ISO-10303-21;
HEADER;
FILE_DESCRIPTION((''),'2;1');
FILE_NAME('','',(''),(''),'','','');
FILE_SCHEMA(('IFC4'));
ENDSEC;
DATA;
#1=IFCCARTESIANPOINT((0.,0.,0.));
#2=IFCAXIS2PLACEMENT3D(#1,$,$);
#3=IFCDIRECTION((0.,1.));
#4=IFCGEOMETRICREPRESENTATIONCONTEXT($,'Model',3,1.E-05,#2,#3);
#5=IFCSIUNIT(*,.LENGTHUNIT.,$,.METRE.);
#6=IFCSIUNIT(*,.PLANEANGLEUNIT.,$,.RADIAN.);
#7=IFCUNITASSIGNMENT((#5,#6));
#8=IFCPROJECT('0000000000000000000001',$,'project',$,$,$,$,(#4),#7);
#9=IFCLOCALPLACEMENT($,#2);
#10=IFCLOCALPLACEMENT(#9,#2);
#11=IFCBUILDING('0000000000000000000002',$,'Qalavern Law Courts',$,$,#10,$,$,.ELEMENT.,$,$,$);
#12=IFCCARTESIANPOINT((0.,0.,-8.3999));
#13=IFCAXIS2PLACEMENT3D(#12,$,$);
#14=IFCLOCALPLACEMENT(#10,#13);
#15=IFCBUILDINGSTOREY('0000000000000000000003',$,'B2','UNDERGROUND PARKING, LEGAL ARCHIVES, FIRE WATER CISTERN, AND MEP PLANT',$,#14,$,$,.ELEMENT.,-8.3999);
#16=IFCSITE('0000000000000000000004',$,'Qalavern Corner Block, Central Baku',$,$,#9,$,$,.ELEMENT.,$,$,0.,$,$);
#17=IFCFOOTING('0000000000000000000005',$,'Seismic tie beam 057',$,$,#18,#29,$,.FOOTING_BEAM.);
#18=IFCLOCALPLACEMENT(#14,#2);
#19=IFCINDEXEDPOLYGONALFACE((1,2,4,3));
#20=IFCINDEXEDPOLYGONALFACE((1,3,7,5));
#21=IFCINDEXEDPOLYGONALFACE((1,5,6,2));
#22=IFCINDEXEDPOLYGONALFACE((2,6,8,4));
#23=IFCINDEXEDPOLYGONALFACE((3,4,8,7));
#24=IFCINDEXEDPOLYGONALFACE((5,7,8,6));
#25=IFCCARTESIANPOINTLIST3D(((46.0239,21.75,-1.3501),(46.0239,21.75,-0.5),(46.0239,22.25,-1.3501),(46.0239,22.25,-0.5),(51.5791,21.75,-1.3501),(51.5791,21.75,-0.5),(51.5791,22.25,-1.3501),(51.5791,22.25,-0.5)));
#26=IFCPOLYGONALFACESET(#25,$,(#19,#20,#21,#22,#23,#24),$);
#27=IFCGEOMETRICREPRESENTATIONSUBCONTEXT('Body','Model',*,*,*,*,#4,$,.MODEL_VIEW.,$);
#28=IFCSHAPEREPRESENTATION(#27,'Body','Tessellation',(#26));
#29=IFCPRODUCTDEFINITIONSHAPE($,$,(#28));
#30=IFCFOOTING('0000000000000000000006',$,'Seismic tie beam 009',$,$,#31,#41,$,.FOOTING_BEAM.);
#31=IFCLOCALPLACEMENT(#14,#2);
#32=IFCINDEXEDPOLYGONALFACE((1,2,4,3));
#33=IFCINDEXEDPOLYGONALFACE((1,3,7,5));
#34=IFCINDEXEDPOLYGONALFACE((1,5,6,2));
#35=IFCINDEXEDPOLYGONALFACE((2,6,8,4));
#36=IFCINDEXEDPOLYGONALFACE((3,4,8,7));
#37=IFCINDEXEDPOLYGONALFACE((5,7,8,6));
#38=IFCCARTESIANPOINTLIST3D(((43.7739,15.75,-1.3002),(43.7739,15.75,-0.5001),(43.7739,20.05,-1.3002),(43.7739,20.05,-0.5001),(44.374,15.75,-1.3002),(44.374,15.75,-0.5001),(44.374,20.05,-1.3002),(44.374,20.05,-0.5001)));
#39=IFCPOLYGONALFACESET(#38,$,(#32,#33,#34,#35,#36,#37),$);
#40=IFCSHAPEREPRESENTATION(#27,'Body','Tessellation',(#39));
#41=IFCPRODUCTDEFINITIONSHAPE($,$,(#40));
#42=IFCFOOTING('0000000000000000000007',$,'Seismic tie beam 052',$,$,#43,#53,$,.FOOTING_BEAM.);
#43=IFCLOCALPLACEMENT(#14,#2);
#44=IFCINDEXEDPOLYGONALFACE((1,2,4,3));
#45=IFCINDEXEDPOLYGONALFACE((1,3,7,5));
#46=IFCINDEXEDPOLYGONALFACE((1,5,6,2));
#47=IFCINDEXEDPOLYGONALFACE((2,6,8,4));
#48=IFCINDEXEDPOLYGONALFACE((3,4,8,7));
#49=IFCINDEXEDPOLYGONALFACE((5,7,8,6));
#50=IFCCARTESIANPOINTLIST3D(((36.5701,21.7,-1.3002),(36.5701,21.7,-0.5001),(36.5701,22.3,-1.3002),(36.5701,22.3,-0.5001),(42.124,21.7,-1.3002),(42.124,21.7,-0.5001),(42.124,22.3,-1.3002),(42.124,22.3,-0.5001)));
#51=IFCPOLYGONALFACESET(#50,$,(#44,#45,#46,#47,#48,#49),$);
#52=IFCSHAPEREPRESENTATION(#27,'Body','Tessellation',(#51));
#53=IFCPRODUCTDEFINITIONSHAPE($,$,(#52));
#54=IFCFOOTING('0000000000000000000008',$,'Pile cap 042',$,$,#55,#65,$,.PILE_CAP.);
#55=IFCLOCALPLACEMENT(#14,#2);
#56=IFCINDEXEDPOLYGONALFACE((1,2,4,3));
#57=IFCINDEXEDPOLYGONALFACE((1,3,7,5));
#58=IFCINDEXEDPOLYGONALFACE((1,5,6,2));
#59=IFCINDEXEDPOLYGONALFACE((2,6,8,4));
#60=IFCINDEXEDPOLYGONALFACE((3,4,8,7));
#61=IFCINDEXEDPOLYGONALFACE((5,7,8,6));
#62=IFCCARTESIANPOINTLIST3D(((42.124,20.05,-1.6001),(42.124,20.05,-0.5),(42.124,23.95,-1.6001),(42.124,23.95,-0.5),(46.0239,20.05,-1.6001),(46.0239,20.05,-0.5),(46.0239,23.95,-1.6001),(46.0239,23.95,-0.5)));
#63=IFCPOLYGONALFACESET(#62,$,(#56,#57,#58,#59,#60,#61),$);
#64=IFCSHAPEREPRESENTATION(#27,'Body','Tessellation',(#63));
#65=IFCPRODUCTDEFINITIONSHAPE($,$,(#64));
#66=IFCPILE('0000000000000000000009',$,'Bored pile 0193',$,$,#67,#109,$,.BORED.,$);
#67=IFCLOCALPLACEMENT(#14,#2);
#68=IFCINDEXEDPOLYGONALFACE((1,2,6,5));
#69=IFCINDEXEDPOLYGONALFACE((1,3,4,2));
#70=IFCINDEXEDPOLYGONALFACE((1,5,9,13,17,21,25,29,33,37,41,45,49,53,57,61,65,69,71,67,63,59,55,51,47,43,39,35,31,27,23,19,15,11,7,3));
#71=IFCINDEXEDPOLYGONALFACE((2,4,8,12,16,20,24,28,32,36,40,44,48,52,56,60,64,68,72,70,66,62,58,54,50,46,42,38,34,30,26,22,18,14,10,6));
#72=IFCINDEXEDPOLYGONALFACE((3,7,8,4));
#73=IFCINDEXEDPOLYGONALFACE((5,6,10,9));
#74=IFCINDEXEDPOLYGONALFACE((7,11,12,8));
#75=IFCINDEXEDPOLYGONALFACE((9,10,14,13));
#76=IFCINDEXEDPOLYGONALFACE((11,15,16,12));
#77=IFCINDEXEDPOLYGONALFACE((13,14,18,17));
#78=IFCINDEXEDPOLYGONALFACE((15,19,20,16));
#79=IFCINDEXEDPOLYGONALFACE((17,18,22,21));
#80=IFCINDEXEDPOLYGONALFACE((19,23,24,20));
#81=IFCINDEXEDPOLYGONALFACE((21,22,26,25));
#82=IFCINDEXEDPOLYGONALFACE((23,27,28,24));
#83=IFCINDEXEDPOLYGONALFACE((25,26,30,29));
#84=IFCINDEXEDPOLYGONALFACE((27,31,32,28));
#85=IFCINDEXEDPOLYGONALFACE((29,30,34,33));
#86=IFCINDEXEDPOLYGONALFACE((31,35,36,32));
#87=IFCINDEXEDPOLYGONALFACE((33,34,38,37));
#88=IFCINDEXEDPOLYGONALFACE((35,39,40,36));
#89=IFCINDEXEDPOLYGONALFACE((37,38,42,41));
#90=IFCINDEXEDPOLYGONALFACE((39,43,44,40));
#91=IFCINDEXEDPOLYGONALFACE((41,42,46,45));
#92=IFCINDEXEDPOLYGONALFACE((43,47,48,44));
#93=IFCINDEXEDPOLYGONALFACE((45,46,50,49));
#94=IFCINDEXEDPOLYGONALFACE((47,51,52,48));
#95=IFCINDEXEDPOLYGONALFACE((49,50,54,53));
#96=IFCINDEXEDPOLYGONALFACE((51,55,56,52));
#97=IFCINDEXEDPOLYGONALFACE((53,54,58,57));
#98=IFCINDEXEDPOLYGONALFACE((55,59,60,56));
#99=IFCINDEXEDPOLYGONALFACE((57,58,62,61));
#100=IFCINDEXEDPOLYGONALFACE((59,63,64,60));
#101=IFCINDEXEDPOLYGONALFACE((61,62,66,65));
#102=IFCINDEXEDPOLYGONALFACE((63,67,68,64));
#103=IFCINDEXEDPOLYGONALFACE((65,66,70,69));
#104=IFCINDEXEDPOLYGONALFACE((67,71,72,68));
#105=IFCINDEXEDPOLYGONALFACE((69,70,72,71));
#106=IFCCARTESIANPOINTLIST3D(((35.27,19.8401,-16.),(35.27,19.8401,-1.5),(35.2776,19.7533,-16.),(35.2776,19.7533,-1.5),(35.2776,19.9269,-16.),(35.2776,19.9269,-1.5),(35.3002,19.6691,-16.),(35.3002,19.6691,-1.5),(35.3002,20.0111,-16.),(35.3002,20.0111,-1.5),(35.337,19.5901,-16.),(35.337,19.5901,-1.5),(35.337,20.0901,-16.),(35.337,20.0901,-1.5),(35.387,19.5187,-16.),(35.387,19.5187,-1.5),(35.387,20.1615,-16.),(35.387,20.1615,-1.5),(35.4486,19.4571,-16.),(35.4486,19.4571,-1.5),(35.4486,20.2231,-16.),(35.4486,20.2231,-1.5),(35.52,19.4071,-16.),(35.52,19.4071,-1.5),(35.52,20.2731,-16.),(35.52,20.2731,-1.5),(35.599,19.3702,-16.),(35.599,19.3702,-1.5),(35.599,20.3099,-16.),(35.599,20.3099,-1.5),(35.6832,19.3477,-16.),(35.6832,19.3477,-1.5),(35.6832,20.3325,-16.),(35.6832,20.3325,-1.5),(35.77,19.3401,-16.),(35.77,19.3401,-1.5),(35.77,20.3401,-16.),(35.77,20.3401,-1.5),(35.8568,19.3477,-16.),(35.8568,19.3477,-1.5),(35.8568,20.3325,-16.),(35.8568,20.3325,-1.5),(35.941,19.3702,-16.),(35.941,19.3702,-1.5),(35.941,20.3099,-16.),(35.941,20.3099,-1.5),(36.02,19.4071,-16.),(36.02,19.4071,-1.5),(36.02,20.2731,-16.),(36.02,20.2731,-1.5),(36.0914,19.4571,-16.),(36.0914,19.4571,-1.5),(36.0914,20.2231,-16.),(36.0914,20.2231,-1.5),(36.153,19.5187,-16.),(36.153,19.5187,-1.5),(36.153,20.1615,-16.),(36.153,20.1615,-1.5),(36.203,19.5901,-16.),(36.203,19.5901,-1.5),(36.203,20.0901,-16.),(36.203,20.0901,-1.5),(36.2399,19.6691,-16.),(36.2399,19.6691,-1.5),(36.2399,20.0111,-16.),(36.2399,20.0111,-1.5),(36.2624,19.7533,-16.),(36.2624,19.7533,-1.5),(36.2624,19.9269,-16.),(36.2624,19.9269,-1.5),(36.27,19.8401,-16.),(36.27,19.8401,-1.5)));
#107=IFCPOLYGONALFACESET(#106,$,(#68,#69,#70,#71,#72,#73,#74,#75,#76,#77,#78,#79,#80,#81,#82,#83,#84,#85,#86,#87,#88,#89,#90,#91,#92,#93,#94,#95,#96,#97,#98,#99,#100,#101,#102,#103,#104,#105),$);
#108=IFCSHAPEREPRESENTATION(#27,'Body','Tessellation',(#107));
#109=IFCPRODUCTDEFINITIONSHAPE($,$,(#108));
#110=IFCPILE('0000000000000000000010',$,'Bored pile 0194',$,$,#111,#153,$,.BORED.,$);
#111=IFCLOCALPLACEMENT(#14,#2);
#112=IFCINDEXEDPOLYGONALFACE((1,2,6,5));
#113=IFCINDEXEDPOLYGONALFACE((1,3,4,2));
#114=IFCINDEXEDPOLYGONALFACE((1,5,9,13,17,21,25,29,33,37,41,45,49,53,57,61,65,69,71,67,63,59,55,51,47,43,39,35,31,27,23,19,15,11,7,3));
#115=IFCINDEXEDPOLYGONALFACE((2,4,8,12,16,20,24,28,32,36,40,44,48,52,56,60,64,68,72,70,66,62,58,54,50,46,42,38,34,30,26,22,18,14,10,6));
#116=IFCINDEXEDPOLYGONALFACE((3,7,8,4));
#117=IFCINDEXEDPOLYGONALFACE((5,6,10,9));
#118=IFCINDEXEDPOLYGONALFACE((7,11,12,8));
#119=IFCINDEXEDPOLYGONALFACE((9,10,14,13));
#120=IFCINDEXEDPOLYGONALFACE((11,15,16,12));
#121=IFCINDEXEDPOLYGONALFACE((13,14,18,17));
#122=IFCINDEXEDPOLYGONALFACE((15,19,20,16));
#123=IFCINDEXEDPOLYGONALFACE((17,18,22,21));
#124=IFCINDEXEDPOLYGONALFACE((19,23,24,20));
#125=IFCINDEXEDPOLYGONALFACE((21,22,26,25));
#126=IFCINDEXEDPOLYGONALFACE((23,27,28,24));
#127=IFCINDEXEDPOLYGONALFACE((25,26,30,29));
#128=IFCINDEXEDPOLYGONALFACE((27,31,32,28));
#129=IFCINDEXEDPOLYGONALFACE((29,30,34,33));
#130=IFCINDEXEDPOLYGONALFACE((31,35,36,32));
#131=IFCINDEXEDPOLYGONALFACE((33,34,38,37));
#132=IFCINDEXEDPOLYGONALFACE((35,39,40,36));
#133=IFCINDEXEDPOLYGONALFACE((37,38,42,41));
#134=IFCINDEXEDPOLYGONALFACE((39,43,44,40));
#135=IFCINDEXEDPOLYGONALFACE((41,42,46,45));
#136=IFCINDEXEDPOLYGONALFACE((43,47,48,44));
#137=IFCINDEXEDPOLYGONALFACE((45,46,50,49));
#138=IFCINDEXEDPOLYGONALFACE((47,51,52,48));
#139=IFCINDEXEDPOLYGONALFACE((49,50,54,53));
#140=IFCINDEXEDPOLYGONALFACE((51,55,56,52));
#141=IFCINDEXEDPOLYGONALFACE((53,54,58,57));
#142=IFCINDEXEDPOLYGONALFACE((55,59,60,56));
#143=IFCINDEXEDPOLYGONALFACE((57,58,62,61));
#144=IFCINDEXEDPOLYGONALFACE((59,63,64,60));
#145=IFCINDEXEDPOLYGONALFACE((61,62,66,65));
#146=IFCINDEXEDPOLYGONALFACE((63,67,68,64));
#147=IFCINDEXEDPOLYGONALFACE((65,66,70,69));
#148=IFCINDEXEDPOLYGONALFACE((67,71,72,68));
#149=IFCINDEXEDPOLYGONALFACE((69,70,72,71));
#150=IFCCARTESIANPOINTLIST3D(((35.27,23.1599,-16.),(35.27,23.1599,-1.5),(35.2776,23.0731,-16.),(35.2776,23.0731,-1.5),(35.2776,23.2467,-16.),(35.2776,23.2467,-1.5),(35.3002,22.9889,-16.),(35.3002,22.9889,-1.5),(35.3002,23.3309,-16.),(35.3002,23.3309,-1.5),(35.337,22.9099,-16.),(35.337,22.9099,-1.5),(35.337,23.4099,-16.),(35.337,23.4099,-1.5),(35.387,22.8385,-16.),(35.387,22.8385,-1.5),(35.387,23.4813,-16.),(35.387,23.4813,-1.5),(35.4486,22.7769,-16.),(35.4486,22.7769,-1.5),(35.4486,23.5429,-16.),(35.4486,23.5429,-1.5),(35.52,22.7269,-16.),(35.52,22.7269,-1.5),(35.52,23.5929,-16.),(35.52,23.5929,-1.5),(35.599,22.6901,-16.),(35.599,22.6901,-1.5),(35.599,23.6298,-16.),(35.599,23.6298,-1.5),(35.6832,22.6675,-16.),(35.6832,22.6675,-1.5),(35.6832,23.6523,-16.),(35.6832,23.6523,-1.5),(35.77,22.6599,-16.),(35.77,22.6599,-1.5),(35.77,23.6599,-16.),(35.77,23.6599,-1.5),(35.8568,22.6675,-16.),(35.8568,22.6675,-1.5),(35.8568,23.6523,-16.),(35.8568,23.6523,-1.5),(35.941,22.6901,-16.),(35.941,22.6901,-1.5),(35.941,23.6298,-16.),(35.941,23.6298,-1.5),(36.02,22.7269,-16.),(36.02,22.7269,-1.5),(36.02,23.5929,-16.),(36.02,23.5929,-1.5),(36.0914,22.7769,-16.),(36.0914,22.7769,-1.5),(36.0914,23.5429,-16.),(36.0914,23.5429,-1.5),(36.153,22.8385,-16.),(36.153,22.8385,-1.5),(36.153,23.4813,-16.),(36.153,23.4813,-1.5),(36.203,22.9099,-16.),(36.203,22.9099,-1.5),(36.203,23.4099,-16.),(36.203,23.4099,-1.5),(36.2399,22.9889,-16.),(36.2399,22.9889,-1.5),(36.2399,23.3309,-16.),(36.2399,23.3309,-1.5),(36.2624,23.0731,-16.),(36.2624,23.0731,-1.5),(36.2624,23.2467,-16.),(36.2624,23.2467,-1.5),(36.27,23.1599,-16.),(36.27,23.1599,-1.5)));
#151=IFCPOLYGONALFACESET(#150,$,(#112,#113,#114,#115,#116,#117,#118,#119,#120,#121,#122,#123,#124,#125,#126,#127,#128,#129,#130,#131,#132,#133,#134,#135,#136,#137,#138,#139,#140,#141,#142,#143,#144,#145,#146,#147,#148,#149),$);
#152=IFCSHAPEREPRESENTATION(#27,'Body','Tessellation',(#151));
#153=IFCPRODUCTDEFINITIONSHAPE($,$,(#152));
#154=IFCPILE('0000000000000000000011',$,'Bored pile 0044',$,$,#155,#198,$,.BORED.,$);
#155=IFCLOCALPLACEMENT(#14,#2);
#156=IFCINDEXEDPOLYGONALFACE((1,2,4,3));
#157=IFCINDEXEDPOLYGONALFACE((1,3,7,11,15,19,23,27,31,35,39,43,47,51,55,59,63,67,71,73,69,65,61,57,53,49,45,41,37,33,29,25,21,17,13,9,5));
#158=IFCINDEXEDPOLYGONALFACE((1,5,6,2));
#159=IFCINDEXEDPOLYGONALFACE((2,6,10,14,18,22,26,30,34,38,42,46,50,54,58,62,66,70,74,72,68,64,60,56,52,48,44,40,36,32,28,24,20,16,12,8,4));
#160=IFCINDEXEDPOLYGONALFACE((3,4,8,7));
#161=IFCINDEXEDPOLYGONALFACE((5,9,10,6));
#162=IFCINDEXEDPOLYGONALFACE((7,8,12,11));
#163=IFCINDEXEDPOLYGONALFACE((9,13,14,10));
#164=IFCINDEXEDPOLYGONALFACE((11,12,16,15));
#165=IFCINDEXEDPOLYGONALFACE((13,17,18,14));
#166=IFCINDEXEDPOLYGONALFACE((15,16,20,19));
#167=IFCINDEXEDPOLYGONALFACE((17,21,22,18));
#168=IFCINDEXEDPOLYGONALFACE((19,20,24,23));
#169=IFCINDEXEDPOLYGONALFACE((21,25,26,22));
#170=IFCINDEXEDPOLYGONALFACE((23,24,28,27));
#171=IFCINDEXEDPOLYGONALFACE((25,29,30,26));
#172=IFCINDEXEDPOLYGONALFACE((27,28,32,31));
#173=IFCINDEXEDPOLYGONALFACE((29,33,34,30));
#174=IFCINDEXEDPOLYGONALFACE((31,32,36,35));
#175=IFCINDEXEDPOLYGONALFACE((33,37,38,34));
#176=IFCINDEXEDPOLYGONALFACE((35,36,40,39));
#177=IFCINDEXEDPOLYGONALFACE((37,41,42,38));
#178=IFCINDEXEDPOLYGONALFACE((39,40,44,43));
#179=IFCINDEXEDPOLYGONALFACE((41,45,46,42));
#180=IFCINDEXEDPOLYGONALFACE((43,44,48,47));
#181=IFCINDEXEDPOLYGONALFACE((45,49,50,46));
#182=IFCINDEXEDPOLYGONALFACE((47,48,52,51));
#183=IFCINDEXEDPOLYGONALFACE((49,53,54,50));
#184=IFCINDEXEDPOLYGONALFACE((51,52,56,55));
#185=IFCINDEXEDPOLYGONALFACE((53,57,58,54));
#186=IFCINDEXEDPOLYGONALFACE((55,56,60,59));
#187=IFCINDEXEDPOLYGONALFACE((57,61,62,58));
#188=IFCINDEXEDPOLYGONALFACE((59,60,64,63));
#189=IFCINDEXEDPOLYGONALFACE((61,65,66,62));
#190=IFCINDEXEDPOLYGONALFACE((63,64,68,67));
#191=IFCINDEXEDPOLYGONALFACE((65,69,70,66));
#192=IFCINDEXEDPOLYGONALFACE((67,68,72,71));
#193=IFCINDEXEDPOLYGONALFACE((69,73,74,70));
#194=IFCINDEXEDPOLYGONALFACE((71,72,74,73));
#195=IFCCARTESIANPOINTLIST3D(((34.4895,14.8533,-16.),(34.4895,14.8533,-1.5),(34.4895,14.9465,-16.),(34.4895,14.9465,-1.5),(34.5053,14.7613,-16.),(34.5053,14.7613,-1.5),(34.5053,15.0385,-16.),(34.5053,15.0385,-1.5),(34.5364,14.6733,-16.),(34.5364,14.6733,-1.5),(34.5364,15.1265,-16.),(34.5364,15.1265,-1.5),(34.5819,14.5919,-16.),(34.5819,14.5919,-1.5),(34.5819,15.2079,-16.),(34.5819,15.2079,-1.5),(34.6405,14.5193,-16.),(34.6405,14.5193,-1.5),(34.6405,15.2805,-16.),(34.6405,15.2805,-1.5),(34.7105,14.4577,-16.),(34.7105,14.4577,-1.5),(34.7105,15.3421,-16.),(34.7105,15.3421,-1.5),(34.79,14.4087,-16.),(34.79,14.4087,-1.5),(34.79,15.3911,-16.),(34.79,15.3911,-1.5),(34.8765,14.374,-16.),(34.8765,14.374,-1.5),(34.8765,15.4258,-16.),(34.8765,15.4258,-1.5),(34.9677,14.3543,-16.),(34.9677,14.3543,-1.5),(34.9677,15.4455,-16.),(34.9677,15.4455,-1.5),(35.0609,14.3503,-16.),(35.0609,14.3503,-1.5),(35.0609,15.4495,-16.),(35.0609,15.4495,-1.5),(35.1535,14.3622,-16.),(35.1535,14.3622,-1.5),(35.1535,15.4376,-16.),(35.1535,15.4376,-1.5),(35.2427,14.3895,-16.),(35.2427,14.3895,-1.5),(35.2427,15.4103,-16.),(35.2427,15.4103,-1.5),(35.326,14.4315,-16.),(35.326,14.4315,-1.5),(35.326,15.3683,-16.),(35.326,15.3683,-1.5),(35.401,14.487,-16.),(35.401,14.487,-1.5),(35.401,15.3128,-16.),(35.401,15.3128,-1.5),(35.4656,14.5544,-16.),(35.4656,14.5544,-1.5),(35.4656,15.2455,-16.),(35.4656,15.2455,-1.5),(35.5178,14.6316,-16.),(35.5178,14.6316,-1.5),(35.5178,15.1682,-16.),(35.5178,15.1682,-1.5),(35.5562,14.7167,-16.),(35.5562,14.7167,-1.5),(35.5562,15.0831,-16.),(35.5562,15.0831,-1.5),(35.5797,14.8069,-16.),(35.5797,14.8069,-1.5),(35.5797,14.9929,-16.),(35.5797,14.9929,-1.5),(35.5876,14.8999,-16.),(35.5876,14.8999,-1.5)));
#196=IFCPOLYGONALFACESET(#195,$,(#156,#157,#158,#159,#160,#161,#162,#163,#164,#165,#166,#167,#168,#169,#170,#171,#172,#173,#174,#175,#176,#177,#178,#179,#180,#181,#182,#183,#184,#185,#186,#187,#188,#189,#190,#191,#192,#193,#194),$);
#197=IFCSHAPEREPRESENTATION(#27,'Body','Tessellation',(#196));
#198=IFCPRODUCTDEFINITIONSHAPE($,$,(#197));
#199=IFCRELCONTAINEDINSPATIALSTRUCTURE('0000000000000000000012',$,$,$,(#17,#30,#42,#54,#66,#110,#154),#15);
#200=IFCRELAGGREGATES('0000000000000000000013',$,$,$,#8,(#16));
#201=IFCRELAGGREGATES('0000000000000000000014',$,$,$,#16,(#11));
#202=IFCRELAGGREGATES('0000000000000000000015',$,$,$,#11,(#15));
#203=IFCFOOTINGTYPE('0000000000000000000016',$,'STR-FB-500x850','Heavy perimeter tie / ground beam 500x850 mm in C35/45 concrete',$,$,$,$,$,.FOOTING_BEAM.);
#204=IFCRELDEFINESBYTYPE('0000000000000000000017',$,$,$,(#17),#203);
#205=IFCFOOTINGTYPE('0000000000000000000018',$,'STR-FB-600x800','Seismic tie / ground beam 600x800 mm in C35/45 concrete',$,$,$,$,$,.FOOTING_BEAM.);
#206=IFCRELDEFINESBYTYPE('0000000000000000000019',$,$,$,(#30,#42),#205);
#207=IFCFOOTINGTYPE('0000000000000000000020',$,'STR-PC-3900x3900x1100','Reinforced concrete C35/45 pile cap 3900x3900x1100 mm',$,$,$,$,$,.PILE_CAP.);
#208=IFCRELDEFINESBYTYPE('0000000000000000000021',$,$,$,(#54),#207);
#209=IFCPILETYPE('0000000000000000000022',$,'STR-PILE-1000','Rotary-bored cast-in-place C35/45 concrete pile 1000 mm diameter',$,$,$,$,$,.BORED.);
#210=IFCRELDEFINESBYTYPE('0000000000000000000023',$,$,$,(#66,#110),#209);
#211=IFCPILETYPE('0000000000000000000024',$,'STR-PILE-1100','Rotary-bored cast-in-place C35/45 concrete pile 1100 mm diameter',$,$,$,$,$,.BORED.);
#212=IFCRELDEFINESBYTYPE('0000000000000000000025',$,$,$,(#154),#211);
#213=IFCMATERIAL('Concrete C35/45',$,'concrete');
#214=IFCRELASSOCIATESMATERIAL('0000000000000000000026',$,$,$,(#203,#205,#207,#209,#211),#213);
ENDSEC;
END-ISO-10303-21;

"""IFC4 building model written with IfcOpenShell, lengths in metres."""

from ifc_helpers import new_model, si_unit, direction, frame, origin, origin_2d, place, context, subcontext, project, spatial, rectangle, circle, extrude, material, material_profile, profile_set, type_object, element, save


model = new_model("IFC4")

# Units and contexts
model_context = context("Model", 3, precision=1e-05, world=origin(), true_north=direction((0.0, 1.0)))
body_context = subcontext(model_context, "Body", "Model", "MODEL_VIEW")
ifc_project = project(units=[si_unit("LENGTHUNIT", "METRE"), si_unit("PLANEANGLEUNIT", "RADIAN")], contexts=[model_context])

# Site, building, storey
site_placement = place(None, origin())
site = spatial("IfcSite", under=ifc_project, at=site_placement, Name="Qalavern Corner Block, Central Baku", CompositionType="ELEMENT", RefElevation=0.0)
building_placement = place(site_placement, origin())
building = spatial("IfcBuilding", under=site, at=building_placement, Name="Qalavern Law Courts", CompositionType="ELEMENT")
storey_placement = place(building_placement, frame((0.0, 0.0, -8.3999)))
storey = spatial("IfcBuildingStorey", under=building, at=storey_placement, Name="B2", Description="UNDERGROUND PARKING, LEGAL ARCHIVES, FIRE WATER CISTERN, AND MEP PLANT", CompositionType="ELEMENT", Elevation=-8.3999)

# Footings
ifc_material_1 = material(Name="Concrete C35/45", Category="concrete")
ifc_material_profile_1 = material_profile(ifc_material_1, rectangle(XDim=0.5, YDim=0.8501, at=origin_2d()), Name="RC 500x850")
ifc_profile_set_1 = profile_set([ifc_material_profile_1], Name="Concrete C35/45")
footing_type_1 = type_object("IfcFootingType", Name="STR-FB-500x850", Description="Heavy perimeter tie / ground beam 500x850 mm in C35/45 concrete", PredefinedType="FOOTING_BEAM", material=ifc_profile_set_1)
footing_1_placement = place(storey_placement, frame((46.0239, 22.0, -0.925), z_axis=(1.0, 0.0, 0.0), x_axis=(0.0, 1.0, 0.0)))
element("IfcFooting", 1, at=footing_1_placement, inside=storey, type_object=footing_type_1, Name="Seismic tie beam 057", PredefinedType="FOOTING_BEAM", context=body_context, shape_type="SweptSolid", body=[
    extrude(rectangle(XDim=0.5, YDim=0.8501, at=origin_2d()), origin(), (0.0, 0.0, 1.0), 5.5552),
])
ifc_material_profile_2 = material_profile(ifc_material_1, rectangle(XDim=0.6001, YDim=0.8, at=origin_2d()), Name="RC 600x800")
ifc_profile_set_2 = profile_set([ifc_material_profile_2], Name="Concrete C35/45")
footing_type_2 = type_object("IfcFootingType", Name="STR-FB-600x800", Description="Seismic tie / ground beam 600x800 mm in C35/45 concrete", PredefinedType="FOOTING_BEAM", material=ifc_profile_set_2)
footing_2_placement = place(storey_placement, frame((44.074, 15.75, -0.9001), z_axis=(0.0, 1.0, 0.0), x_axis=(-1.0, 0.0, 0.0)))
element("IfcFooting", 2, at=footing_2_placement, inside=storey, type_object=footing_type_2, Name="Seismic tie beam 009", PredefinedType="FOOTING_BEAM", context=body_context, shape_type="SweptSolid", body=[
    extrude(rectangle(XDim=0.6001, YDim=0.8, at=origin_2d()), origin(), (0.0, 0.0, 1.0), 4.3),
])
footing_3_placement = place(storey_placement, frame((36.5701, 22.0, -0.9001), z_axis=(1.0, 0.0, 0.0), x_axis=(0.0, 1.0, 0.0)))
element("IfcFooting", 3, at=footing_3_placement, inside=storey, type_object=footing_type_2, Name="Seismic tie beam 052", PredefinedType="FOOTING_BEAM", context=body_context, shape_type="SweptSolid", body=[
    extrude(rectangle(XDim=0.6001, YDim=0.8, at=origin_2d()), origin(), (0.0, 0.0, 1.0), 5.554),
])
footing_type_3 = type_object("IfcFootingType", Name="STR-PC-3900x3900x1100", Description="Reinforced concrete C35/45 pile cap 3900x3900x1100 mm", PredefinedType="PILE_CAP", material=ifc_material_1)
footing_4_placement = place(storey_placement, frame((44.074, 22.0, -1.6001), z_axis=(0.0, 0.0, 1.0), x_axis=(1.0, 0.0, 0.0)))
element("IfcFooting", 4, at=footing_4_placement, inside=storey, type_object=footing_type_3, Name="Pile cap 042", PredefinedType="PILE_CAP", context=body_context, shape_type="SweptSolid", body=[
    extrude(rectangle(XDim=3.8999, YDim=3.8999, at=origin_2d()), origin(), (0.0, 0.0, 1.0), 1.1001),
])

# Piles
ifc_material_profile_3 = material_profile(ifc_material_1, circle(Radius=0.5, at=origin_2d()), Name="BORED PILE 1000")
ifc_profile_set_3 = profile_set([ifc_material_profile_3], Name="Concrete C35/45")
pile_type_1 = type_object("IfcPileType", Name="STR-PILE-1000", Description="Rotary-bored cast-in-place C35/45 concrete pile 1000 mm diameter", PredefinedType="BORED", material=ifc_profile_set_3)
for number, where, z_axis, x_axis, name in (
    (5, (35.77, 19.8401, -1.5), (0.0, 0.0, -1.0), (1.0, 0.0, 0.0), "Bored pile 0193"),
    (6, (35.77, 23.1599, -1.5), (0.0, 0.0, -1.0), (1.0, 0.0, 0.0), "Bored pile 0194"),
):
    element("IfcPile", number, at=place(storey_placement, frame(where, z_axis=z_axis, x_axis=x_axis)), inside=storey, type_object=pile_type_1, Name=name, PredefinedType="BORED", context=body_context, shape_type="SweptSolid", body=[
        extrude(circle(Radius=0.5, at=origin_2d()), origin(), (0.0, 0.0, 1.0), 14.5),
    ])
ifc_material_profile_4 = material_profile(ifc_material_1, circle(Radius=0.55, at=origin_2d()), Name="BORED PILE 1100")
ifc_profile_set_4 = profile_set([ifc_material_profile_4], Name="Concrete C35/45")
pile_type_2 = type_object("IfcPileType", Name="STR-PILE-1100", Description="Rotary-bored cast-in-place C35/45 concrete pile 1100 mm diameter", PredefinedType="BORED", material=ifc_profile_set_4)
for number, where, z_axis, x_axis, name in (
    (7, (35.0376, 14.8999, -1.5), (0.0, 0.0, -1.0), (1.0, 0.0, 0.0), "Bored pile 0044"),
):
    element("IfcPile", number, at=place(storey_placement, frame(where, z_axis=z_axis, x_axis=x_axis)), inside=storey, type_object=pile_type_2, Name=name, PredefinedType="BORED", context=body_context, shape_type="SweptSolid", body=[
        extrude(circle(Radius=0.55, at=origin_2d()), origin(), (0.0, 0.0, 1.0), 14.5),
    ])

save(model, "model.ifc")
